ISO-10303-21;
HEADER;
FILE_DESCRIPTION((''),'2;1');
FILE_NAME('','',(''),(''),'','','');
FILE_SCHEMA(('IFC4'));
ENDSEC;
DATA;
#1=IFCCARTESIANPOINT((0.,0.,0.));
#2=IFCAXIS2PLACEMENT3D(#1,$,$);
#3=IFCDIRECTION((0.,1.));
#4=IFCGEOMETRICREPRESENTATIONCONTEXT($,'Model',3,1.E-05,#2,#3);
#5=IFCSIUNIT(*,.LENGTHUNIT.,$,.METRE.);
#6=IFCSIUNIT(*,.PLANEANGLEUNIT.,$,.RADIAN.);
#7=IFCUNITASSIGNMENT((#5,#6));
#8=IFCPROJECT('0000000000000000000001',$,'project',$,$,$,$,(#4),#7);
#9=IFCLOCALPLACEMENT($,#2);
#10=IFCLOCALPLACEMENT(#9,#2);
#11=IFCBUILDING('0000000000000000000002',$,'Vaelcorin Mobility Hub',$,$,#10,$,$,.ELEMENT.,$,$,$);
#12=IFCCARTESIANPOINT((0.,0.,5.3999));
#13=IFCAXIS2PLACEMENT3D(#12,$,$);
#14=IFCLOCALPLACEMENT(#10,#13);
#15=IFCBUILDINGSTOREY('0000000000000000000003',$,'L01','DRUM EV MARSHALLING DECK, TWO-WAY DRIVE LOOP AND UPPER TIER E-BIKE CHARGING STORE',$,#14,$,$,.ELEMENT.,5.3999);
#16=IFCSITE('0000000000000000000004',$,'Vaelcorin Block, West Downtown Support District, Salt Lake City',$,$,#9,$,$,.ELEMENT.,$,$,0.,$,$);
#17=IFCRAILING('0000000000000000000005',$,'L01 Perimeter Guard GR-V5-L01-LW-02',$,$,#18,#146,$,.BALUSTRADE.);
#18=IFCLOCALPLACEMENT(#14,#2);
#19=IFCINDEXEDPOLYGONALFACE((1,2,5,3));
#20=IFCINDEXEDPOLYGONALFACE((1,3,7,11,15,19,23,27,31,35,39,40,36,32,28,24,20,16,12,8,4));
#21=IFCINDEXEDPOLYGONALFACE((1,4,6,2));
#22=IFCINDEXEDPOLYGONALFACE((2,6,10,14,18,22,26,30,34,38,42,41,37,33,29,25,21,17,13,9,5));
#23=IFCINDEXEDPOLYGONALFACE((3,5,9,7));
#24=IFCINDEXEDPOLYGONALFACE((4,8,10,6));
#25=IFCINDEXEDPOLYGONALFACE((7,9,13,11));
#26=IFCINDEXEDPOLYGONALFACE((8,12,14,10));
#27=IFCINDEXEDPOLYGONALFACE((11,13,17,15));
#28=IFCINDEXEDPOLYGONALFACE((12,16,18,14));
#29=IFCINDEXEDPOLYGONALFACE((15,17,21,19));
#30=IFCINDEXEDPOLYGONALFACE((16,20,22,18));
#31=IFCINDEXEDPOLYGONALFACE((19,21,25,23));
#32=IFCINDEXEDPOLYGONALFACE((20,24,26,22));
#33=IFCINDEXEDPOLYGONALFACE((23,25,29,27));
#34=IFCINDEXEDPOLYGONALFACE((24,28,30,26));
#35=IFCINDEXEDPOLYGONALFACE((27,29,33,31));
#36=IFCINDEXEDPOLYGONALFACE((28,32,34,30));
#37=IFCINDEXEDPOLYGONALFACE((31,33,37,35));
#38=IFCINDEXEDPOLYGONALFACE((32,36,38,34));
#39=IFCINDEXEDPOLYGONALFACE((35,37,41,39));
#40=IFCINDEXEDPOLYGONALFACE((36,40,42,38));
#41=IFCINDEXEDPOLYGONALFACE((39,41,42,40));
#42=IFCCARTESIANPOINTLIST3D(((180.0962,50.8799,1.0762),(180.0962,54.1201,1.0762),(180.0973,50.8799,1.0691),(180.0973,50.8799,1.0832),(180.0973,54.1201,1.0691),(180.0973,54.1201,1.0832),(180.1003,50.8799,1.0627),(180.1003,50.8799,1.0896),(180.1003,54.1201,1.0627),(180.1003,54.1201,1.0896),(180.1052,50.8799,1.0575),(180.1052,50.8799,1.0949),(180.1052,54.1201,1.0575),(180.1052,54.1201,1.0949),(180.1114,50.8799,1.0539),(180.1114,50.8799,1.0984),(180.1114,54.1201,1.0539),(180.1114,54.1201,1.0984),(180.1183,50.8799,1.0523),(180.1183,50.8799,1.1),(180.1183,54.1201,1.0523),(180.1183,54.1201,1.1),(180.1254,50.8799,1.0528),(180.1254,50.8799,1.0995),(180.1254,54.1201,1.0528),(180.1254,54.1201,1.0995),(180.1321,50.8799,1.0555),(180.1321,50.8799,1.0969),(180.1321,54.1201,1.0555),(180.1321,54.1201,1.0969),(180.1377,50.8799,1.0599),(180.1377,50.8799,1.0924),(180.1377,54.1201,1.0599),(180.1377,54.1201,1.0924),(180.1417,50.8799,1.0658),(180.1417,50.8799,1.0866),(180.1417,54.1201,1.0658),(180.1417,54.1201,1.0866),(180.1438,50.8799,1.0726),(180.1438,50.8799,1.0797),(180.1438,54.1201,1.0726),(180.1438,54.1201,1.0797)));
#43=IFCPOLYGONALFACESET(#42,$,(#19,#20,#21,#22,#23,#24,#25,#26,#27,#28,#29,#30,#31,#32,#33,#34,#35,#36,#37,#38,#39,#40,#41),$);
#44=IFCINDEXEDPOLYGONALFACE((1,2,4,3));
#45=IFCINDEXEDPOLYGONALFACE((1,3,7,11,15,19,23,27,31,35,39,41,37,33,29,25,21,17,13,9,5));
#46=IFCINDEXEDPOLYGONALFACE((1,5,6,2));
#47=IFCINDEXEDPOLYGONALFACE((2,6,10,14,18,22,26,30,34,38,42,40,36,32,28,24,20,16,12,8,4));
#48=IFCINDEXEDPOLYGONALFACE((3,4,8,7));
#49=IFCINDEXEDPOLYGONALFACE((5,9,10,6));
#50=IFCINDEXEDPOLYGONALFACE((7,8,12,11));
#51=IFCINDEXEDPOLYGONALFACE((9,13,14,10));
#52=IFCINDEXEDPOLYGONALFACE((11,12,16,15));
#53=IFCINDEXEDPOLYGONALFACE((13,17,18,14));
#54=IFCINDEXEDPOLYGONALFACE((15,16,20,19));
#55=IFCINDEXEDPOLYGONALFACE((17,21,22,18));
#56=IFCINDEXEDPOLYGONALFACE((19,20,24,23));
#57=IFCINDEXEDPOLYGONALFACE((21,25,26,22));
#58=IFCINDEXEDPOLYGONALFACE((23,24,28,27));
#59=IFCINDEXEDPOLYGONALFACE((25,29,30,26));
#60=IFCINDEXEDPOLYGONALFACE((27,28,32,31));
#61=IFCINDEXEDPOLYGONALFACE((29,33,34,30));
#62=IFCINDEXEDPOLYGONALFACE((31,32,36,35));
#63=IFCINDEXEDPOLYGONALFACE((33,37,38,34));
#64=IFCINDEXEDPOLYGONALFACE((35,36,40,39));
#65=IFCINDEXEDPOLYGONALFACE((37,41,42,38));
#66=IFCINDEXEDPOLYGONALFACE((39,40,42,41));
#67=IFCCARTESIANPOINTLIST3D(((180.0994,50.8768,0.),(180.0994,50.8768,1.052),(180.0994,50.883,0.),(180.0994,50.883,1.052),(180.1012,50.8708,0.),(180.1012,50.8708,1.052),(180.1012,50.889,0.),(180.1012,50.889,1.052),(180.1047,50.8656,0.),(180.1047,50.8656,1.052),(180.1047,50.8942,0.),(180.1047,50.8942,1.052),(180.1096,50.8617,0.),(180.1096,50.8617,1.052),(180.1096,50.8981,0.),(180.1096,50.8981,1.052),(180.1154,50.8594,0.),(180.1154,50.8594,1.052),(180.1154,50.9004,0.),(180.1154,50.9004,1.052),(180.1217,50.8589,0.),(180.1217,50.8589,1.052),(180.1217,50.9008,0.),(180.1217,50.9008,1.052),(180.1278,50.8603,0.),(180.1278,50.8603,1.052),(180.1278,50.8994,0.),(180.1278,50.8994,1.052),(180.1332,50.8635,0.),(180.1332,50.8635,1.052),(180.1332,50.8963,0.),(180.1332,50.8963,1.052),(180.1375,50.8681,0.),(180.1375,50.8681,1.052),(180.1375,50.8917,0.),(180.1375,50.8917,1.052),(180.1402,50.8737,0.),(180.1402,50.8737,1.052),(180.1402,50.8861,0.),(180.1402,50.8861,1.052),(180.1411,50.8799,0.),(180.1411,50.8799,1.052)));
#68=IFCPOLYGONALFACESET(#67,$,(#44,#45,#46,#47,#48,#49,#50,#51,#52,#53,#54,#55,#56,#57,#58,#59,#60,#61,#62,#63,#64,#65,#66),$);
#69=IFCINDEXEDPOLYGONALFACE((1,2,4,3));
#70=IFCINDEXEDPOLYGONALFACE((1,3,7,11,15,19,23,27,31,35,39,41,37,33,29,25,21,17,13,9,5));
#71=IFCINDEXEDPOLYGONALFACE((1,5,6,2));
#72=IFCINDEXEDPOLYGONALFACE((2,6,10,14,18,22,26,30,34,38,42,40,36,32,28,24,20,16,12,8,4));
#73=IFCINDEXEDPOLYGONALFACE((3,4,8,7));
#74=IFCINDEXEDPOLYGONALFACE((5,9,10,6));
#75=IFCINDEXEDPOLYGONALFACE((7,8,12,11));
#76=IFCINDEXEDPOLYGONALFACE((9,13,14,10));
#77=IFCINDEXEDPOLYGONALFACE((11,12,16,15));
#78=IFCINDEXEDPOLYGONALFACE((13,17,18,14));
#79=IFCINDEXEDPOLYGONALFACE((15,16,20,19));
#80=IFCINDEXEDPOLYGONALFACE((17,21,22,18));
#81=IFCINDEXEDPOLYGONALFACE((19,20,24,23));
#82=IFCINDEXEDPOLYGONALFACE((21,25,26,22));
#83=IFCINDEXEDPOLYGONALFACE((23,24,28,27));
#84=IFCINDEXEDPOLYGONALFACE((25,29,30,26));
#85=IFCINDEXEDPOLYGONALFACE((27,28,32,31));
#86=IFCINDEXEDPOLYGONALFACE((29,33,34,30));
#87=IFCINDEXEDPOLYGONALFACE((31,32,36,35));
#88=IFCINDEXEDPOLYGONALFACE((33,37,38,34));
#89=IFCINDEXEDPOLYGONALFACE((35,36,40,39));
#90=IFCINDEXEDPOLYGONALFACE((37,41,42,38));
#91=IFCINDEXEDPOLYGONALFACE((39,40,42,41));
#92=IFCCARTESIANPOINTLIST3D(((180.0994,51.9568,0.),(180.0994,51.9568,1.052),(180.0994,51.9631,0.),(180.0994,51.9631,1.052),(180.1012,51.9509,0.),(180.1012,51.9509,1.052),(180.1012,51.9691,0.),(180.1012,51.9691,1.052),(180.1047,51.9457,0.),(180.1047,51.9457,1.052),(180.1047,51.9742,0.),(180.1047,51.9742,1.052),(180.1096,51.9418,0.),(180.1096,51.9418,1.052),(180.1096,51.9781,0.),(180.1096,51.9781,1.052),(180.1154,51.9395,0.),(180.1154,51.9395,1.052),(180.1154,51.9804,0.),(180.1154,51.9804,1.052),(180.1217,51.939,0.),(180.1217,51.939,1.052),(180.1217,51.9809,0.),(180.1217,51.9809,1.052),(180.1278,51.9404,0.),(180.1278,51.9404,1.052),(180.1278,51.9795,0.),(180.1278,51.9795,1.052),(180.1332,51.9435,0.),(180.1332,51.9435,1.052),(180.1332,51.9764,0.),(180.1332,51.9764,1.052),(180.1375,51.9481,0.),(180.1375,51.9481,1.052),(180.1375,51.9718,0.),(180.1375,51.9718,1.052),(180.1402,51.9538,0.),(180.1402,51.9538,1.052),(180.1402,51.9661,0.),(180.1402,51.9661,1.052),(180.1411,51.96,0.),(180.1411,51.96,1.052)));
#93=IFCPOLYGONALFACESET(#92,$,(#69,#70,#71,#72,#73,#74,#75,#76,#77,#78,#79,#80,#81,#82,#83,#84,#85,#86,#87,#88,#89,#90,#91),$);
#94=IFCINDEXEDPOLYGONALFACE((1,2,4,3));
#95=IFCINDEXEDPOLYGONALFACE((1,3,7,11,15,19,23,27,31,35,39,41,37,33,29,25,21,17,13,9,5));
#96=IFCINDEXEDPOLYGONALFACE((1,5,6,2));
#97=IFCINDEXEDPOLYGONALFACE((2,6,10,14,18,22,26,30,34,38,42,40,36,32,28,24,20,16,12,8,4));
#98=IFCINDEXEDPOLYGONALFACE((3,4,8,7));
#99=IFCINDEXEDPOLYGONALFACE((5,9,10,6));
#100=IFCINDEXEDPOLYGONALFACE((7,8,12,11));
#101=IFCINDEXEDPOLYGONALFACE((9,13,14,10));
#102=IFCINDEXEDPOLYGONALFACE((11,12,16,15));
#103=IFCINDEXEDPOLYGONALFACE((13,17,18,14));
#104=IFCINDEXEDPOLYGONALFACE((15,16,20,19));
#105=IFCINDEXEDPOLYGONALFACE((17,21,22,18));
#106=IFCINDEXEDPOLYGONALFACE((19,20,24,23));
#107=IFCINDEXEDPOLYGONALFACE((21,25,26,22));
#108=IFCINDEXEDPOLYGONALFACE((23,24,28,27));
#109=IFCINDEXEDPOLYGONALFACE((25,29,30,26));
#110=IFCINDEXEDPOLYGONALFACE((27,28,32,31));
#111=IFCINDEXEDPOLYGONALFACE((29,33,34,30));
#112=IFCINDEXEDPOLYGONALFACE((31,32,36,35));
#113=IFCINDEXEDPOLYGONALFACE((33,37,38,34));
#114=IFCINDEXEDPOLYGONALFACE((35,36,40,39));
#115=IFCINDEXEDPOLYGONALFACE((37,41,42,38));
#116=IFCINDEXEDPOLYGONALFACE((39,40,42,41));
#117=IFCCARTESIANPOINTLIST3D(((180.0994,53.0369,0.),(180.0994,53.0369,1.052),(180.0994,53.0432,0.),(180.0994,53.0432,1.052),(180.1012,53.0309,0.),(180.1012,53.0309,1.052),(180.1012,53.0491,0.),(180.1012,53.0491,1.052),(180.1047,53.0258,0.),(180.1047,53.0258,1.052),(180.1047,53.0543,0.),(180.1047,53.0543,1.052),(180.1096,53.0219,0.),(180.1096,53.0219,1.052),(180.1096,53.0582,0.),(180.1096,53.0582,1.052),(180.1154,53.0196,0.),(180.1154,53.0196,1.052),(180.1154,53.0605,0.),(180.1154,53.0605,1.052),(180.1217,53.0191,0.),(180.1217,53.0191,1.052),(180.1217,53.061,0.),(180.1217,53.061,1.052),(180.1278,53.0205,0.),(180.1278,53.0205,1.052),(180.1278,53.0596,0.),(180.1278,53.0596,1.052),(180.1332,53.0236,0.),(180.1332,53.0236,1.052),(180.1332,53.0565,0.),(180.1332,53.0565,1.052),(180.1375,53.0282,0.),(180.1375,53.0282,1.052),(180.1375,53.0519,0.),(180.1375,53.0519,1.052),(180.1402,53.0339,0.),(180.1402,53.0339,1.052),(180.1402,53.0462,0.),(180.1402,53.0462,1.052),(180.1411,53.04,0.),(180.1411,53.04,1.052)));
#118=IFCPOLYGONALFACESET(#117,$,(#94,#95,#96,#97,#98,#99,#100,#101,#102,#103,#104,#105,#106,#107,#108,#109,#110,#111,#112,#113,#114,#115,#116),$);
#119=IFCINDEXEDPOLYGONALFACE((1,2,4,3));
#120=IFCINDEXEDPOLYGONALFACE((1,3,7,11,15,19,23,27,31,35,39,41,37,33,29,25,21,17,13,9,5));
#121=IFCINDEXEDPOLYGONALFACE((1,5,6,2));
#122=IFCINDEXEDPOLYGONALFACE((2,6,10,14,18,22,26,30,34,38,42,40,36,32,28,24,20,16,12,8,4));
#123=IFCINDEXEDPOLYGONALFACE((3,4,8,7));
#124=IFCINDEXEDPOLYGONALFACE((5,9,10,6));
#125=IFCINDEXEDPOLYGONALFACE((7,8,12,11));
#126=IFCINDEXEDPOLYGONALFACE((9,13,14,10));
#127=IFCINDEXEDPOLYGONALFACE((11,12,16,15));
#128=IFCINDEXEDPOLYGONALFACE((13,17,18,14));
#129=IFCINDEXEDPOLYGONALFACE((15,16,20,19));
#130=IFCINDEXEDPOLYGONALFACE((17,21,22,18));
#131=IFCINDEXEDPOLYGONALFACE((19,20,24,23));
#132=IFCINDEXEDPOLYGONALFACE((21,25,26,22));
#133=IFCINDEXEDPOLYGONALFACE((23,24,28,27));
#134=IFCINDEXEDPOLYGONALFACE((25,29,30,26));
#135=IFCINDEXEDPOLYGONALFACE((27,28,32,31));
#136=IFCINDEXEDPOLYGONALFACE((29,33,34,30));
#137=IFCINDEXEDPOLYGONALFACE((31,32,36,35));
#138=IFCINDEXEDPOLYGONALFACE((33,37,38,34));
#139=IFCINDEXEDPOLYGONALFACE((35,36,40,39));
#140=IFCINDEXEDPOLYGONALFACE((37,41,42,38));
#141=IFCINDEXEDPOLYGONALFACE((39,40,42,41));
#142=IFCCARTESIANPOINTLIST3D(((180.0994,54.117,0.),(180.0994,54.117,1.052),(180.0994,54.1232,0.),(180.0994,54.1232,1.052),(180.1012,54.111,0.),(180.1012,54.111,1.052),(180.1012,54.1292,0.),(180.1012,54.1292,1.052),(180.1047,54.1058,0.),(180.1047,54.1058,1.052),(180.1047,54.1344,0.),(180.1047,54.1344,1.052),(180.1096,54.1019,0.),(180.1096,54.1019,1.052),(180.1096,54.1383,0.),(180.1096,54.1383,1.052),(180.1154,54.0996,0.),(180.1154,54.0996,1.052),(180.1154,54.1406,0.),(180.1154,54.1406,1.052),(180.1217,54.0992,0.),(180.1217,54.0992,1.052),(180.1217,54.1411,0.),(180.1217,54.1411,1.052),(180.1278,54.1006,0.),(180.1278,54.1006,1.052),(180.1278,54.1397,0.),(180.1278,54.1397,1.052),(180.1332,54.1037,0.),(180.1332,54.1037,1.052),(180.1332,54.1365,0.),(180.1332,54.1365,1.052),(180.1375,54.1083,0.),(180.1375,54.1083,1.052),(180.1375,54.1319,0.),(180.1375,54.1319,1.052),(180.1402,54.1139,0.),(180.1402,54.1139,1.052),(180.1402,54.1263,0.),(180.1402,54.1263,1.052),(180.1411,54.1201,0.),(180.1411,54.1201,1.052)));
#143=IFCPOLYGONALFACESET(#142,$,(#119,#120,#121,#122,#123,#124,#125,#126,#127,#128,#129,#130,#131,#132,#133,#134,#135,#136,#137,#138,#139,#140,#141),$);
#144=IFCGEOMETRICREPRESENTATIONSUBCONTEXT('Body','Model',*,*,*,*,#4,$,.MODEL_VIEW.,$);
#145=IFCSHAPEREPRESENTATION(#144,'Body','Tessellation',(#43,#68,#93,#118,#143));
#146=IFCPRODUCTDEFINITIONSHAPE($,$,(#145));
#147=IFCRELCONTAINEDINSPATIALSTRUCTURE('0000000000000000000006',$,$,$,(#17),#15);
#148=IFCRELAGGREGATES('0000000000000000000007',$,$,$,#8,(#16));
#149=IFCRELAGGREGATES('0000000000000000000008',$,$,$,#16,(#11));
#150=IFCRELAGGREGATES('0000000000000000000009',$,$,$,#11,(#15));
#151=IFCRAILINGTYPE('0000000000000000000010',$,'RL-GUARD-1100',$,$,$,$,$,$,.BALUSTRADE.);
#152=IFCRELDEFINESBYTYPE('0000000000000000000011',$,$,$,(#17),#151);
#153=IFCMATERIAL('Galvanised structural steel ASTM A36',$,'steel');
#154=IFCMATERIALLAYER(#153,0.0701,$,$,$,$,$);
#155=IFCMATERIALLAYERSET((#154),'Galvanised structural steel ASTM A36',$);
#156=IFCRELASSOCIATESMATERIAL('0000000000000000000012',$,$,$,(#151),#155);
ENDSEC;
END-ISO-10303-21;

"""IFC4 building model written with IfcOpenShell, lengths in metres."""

from ifc_helpers import new_model, si_unit, direction, frame, origin, origin_2d, place, context, subcontext, project, spatial, circle, extrude, material, layer, layer_set, type_object, element, save


model = new_model("IFC4")

# Units and contexts
model_context = context("Model", 3, precision=1e-05, world=origin(), true_north=direction((0.0, 1.0)))
body_context = subcontext(model_context, "Body", "Model", "MODEL_VIEW")
ifc_project = project(units=[si_unit("LENGTHUNIT", "METRE"), si_unit("PLANEANGLEUNIT", "RADIAN")], contexts=[model_context])

# Site, building, storey
site_placement = place(None, origin())
site = spatial("IfcSite", under=ifc_project, at=site_placement, Name="Vaelcorin Block, West Downtown Support District, Salt Lake City", CompositionType="ELEMENT", RefElevation=0.0)
building_placement = place(site_placement, origin())
building = spatial("IfcBuilding", under=site, at=building_placement, Name="Vaelcorin Mobility Hub", CompositionType="ELEMENT")
storey_placement = place(building_placement, frame((0.0, 0.0, 5.3999)))
storey = spatial("IfcBuildingStorey", under=building, at=storey_placement, Name="L01", Description="DRUM EV MARSHALLING DECK, TWO-WAY DRIVE LOOP AND UPPER TIER E-BIKE CHARGING STORE", CompositionType="ELEMENT", Elevation=5.3999)

# Railing
ifc_material_1 = material(Name="Galvanised structural steel ASTM A36", Category="steel")
ifc_layer_1 = layer(ifc_material_1, 0.0701)
ifc_layer_set_1 = layer_set([ifc_layer_1], Name="Galvanised structural steel ASTM A36")
railing_type = type_object("IfcRailingType", Name="RL-GUARD-1100", PredefinedType="BALUSTRADE", material=ifc_layer_set_1)
railing_1_placement = place(storey_placement, frame((180.1201, 50.8799, 0.0)))
element("IfcRailing", 1, at=railing_1_placement, inside=storey, type_object=railing_type, Name="L01 Perimeter Guard GR-V5-L01-LW-02", PredefinedType="BALUSTRADE", context=body_context, shape_type="SweptSolid", body=[
    extrude(circle(Radius=0.0239, at=origin_2d()), frame((0.0, 0.0, 1.0762), z_axis=(0.0, 1.0, 0.0), x_axis=(-1.0, 0.0, 0.0)), (0.0, 0.0, 1.0), 3.2402),
    extrude(circle(Radius=0.021, at=origin_2d()), origin(), (0.0, 0.0, 1.0), 1.052),
    extrude(circle(Radius=0.021, at=origin_2d()), frame((0.0, 1.0801, 0.0)), (0.0, 0.0, 1.0), 1.052),
    extrude(circle(Radius=0.021, at=origin_2d()), frame((0.0, 2.1602, 0.0)), (0.0, 0.0, 1.0), 1.052),
    extrude(circle(Radius=0.021, at=origin_2d()), frame((0.0, 3.2402, 0.0)), (0.0, 0.0, 1.0), 1.052),
])

save(model, "model.ifc")
